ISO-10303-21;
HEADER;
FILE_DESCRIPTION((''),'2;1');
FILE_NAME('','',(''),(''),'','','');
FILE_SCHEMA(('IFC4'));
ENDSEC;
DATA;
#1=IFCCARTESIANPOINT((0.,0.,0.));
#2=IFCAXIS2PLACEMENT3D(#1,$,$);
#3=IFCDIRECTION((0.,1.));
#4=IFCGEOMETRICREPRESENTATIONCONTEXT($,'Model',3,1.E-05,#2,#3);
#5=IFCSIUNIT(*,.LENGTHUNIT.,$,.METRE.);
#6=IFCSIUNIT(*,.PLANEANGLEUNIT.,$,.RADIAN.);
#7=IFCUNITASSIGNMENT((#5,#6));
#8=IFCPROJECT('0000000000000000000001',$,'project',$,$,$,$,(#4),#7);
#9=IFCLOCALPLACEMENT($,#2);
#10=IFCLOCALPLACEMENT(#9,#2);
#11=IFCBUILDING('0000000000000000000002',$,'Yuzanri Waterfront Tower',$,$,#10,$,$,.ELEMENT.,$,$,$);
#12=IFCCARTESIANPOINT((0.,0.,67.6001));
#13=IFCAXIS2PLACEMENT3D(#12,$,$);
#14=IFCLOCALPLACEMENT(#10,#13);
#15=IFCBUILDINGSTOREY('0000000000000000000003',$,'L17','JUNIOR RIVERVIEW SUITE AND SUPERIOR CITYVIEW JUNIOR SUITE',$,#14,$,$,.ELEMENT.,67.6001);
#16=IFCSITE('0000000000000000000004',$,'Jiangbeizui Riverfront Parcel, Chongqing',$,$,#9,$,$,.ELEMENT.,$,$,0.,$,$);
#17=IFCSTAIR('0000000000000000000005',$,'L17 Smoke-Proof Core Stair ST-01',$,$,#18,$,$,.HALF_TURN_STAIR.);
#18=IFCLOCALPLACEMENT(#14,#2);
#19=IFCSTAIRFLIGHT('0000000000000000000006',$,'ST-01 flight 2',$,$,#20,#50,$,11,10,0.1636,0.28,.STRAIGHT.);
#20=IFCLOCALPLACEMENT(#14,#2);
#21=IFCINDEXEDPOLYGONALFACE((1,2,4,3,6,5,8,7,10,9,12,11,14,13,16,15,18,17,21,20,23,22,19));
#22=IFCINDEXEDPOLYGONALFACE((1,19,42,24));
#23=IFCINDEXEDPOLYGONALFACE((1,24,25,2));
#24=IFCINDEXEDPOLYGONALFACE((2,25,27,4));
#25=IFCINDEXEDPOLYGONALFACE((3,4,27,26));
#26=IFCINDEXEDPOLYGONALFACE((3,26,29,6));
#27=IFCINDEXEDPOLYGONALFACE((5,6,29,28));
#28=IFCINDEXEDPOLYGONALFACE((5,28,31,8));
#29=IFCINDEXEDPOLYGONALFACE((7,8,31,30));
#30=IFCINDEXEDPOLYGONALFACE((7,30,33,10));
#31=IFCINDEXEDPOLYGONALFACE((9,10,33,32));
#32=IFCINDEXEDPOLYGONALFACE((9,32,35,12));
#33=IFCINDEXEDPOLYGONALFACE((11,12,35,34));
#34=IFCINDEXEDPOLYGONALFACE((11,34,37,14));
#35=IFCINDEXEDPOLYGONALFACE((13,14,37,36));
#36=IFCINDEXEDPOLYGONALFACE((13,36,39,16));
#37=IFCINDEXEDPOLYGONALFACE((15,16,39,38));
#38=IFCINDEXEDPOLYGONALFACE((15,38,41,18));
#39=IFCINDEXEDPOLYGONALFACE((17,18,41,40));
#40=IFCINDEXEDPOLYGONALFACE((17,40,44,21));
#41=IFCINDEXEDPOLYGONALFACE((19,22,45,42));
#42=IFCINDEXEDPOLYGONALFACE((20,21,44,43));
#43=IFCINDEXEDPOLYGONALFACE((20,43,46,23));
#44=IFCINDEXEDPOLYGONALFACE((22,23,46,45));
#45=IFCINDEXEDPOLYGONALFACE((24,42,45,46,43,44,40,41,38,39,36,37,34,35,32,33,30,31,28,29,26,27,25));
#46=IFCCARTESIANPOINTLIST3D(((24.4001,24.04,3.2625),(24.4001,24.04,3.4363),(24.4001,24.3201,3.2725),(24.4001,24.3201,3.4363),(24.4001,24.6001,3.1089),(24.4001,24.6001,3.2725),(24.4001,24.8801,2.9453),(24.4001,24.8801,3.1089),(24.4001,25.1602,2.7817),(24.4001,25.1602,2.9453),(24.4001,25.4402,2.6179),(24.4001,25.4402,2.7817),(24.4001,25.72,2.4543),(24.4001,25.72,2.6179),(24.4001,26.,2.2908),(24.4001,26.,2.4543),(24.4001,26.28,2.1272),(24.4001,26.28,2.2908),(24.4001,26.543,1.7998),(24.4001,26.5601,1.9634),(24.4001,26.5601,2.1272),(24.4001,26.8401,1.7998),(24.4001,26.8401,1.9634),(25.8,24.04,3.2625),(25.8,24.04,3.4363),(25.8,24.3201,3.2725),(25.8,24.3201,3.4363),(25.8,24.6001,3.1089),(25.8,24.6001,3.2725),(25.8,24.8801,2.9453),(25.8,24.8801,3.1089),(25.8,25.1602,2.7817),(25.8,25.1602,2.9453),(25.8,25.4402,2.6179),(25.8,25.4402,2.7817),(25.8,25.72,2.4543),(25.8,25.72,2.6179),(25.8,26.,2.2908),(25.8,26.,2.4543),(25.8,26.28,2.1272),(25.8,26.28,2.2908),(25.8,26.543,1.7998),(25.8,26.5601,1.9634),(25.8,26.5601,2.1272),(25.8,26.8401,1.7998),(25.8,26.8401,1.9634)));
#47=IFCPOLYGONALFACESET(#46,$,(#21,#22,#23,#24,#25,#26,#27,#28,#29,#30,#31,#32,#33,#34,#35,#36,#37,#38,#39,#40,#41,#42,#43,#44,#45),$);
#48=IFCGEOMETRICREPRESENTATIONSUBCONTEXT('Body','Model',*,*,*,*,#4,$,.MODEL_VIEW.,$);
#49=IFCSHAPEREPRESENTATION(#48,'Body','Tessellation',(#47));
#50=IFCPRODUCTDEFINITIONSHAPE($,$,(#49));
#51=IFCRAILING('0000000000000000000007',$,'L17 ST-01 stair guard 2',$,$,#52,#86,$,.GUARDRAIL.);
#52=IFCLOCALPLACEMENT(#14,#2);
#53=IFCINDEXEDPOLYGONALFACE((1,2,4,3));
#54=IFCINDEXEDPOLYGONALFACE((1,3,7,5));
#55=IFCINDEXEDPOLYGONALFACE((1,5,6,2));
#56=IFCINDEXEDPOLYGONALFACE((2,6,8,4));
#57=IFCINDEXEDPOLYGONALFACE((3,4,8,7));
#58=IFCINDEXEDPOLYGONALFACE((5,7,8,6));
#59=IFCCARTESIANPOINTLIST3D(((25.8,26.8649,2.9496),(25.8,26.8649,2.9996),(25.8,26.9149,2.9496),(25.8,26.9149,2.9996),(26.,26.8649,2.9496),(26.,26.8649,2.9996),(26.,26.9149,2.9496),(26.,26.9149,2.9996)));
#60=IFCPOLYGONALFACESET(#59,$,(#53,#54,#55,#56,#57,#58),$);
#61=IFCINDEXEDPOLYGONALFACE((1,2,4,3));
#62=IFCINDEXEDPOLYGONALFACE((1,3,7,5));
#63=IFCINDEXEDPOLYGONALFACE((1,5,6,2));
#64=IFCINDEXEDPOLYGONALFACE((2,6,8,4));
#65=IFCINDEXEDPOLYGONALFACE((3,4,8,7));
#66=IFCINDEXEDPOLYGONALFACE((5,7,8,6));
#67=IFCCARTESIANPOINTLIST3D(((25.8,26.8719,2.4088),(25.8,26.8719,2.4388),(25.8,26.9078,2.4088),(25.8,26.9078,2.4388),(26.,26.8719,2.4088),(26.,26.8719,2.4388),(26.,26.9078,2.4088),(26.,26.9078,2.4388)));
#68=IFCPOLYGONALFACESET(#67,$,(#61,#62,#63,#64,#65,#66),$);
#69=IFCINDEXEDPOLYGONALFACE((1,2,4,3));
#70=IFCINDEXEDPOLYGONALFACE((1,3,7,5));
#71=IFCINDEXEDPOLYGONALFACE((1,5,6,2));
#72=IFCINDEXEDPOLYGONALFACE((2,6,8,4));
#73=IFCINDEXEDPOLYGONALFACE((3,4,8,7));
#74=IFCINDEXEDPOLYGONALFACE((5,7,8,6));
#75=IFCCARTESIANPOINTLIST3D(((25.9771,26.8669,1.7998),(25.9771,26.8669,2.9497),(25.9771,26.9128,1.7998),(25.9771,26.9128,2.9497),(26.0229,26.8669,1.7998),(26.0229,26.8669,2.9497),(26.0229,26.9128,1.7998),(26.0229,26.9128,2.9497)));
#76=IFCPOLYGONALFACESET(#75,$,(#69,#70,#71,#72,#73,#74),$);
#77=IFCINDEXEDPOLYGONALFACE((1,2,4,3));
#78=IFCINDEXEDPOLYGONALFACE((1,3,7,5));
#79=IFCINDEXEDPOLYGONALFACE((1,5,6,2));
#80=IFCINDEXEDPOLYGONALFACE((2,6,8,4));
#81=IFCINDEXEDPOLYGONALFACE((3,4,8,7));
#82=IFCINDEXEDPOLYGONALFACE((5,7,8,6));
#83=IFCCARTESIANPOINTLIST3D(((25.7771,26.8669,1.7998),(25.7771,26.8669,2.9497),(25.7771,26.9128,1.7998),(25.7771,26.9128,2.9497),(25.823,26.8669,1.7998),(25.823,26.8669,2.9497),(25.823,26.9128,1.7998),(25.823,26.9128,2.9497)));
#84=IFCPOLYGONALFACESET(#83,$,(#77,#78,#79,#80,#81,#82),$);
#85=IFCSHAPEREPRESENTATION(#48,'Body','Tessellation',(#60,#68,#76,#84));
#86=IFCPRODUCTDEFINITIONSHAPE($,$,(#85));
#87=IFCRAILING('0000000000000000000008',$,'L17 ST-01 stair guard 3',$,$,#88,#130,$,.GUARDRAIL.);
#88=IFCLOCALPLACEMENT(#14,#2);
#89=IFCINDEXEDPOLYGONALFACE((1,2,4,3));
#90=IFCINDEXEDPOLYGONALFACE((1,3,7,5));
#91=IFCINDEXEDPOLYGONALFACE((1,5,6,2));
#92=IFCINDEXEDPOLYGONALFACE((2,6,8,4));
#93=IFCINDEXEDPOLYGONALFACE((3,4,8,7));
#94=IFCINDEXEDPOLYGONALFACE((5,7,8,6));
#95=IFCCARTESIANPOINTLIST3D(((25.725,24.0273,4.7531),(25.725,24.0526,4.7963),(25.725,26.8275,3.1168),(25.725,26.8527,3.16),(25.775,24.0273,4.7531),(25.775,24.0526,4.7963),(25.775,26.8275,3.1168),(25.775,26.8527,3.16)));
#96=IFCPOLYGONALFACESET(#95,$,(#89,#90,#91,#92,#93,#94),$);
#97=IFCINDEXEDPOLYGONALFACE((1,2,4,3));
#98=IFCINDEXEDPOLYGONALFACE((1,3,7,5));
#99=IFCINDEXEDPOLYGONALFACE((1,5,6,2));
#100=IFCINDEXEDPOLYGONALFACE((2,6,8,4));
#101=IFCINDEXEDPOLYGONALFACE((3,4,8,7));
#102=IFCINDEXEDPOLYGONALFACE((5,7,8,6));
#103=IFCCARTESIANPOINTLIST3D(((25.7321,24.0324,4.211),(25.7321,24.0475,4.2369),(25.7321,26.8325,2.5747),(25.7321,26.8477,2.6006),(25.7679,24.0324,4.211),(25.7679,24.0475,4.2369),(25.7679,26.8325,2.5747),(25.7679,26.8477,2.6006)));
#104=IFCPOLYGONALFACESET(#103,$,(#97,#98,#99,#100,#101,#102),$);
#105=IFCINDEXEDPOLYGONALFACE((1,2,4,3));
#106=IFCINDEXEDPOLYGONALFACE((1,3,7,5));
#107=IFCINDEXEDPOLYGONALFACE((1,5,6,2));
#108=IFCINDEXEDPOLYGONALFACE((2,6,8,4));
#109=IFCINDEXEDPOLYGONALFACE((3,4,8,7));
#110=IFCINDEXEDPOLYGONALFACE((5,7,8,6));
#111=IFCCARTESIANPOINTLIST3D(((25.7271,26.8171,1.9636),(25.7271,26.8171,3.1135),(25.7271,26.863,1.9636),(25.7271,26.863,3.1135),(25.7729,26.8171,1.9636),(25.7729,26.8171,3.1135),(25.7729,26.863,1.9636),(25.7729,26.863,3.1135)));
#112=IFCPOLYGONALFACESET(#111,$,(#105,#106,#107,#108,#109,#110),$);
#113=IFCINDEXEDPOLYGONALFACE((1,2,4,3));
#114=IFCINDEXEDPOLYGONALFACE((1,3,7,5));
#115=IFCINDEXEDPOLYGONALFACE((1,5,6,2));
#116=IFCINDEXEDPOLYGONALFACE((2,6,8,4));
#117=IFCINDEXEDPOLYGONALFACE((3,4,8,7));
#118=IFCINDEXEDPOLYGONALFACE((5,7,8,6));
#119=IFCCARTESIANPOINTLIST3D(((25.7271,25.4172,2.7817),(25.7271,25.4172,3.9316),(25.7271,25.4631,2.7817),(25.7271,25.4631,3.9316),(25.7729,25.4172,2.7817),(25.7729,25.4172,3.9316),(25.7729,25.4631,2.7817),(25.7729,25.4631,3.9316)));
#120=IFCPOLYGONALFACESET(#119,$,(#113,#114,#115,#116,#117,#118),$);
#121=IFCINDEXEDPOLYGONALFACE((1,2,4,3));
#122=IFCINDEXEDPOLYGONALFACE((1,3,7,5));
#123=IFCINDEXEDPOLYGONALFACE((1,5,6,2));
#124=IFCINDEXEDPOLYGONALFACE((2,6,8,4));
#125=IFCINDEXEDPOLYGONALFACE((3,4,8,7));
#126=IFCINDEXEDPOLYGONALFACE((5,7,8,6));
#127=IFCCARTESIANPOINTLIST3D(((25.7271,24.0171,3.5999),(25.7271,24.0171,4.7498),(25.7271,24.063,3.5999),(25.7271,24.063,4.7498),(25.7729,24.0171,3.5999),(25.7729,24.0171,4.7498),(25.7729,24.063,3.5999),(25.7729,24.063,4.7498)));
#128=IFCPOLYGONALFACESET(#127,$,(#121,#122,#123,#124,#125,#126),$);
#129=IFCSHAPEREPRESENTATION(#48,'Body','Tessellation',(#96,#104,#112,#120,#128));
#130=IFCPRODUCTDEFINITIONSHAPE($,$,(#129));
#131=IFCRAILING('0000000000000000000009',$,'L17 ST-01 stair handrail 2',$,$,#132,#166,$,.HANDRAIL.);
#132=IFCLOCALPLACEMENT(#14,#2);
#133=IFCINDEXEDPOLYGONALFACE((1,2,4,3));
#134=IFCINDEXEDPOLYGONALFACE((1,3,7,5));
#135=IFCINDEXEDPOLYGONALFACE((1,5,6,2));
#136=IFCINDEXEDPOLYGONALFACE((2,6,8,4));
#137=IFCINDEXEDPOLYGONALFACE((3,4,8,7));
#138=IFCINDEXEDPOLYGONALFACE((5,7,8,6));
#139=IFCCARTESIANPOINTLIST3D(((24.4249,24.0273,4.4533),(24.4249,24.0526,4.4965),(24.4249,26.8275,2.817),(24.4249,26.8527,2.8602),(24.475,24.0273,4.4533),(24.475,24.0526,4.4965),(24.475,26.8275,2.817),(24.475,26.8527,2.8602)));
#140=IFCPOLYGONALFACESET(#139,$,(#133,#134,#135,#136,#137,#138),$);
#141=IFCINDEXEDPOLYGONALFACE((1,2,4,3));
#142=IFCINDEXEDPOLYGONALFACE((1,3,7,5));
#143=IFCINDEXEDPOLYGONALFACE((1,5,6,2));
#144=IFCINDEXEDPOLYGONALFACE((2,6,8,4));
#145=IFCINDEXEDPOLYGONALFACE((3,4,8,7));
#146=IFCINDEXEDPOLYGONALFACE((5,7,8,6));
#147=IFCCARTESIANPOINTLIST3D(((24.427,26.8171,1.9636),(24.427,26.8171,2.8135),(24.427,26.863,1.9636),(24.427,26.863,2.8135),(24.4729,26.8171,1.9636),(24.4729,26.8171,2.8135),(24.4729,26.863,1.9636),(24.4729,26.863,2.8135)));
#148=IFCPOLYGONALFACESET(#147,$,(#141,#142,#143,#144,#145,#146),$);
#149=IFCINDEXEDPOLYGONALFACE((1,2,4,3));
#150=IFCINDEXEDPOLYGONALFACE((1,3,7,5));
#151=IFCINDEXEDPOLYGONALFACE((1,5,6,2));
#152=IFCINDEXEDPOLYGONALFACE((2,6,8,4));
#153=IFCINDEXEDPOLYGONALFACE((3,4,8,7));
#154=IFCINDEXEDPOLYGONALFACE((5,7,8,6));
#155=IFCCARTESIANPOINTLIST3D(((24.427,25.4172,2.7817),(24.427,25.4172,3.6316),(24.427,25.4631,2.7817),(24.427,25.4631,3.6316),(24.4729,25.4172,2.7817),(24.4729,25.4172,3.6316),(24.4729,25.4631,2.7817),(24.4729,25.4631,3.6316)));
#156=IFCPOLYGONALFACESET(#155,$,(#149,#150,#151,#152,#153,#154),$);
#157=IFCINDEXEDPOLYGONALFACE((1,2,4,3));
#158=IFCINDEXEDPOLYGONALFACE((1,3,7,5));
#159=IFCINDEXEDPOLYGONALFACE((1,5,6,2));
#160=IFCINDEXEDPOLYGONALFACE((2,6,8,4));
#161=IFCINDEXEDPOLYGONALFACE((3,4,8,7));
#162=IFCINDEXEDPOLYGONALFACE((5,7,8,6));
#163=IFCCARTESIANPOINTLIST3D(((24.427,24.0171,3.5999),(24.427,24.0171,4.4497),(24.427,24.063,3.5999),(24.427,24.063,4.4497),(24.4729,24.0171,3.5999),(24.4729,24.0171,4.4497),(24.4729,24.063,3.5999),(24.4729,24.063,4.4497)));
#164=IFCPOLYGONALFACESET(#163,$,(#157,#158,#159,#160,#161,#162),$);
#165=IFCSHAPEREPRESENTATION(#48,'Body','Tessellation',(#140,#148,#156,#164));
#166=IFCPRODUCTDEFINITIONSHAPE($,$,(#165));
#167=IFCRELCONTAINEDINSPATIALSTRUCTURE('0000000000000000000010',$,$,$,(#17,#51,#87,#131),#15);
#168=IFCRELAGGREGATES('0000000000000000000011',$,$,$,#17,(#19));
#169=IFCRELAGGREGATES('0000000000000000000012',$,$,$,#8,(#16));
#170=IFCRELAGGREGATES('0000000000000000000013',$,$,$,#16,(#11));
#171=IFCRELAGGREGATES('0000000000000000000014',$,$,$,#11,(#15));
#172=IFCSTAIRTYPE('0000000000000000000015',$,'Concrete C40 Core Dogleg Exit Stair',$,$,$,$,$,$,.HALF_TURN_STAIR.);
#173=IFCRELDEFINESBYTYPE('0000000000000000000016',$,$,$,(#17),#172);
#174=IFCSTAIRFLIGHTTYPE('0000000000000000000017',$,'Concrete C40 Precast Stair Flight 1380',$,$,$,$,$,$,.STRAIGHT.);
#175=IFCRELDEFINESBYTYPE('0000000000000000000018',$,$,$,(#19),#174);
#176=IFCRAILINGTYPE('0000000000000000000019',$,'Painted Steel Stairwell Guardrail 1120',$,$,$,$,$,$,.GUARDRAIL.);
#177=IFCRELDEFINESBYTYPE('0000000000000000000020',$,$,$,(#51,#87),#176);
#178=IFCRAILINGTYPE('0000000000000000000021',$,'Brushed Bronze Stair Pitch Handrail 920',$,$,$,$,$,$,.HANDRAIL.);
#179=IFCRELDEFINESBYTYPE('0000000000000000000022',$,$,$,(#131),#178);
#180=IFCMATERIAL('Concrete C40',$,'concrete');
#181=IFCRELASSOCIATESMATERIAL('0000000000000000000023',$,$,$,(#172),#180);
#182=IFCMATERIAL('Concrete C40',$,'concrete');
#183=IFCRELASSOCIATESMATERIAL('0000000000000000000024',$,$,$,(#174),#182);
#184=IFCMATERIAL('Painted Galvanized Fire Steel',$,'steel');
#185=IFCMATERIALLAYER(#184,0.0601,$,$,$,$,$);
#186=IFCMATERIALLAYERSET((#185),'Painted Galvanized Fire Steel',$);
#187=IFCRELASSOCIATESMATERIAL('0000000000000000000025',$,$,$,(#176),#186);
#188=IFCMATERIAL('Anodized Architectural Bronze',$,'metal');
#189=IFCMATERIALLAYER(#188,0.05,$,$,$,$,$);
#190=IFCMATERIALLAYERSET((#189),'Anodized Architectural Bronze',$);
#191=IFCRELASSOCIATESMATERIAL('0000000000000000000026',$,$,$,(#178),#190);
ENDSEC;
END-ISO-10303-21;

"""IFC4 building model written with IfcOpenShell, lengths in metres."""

from ifc_helpers import new_model, si_unit, direction, frame, origin, origin_2d, place, context, subcontext, project, spatial, polyline, rectangle, outline, extrude, source, transform, mapped, material, layer, layer_set, type_object, element, aggregate, save


model = new_model("IFC4")

# Units and contexts
model_context = context("Model", 3, precision=1e-05, world=origin(), true_north=direction((0.0, 1.0)))
body_context = subcontext(model_context, "Body", "Model", "MODEL_VIEW")
ifc_project = project(units=[si_unit("LENGTHUNIT", "METRE"), si_unit("PLANEANGLEUNIT", "RADIAN")], contexts=[model_context])

# Site, building, storey
site_placement = place(None, origin())
site = spatial("IfcSite", under=ifc_project, at=site_placement, Name="Jiangbeizui Riverfront Parcel, Chongqing", CompositionType="ELEMENT", RefElevation=0.0)
building_placement = place(site_placement, origin())
building = spatial("IfcBuilding", under=site, at=building_placement, Name="Yuzanri Waterfront Tower", CompositionType="ELEMENT")
storey_placement = place(building_placement, frame((0.0, 0.0, 67.6001)))
storey = spatial("IfcBuildingStorey", under=building, at=storey_placement, Name="L17", Description="JUNIOR RIVERVIEW SUITE AND SUPERIOR CITYVIEW JUNIOR SUITE", CompositionType="ELEMENT", Elevation=67.6001)

# Stair, stair flight
ifc_material_1 = material(Name="Concrete C40", Category="concrete")
stair_type = type_object("IfcStairType", Name="Concrete C40 Core Dogleg Exit Stair", PredefinedType="HALF_TURN_STAIR", material=ifc_material_1)
stair_placement = place(storey_placement, origin())
stair = element("IfcStair", 1, at=stair_placement, inside=storey, type_object=stair_type, Name="L17 Smoke-Proof Core Stair ST-01", PredefinedType="HALF_TURN_STAIR")
ifc_material_2 = material(Name="Concrete C40", Category="concrete")
stair_flight_type = type_object("IfcStairFlightType", Name="Concrete C40 Precast Stair Flight 1380", PredefinedType="STRAIGHT", material=ifc_material_2)
shared_shape_1 = source(origin(), body_context, "Body", "SweptSolid", [
    extrude(outline(polyline([(0.0, 0.0), (0.0, 0.1636), (0.28, 0.1636), (0.28, 0.3274), (0.5601, 0.3274), (0.5601, 0.491), (0.8401, 0.491), (0.8401, 0.6545), (1.1201, 0.6545), (1.1201, 0.8181), (1.3999, 0.8181), (1.3999, 0.9819), (1.6799, 0.9819), (1.6799, 1.1455), (1.96, 1.1455), (1.96, 1.3091), (2.24, 1.3091), (2.24, 1.4727), (2.52, 1.4727), (2.52, 1.6365), (2.8, 1.6365), (2.8, 1.8), (2.8, 1.4626), (0.2971, 0.0), (0.0, 0.0)])), frame((0.0, 0.7, 0.0), z_axis=(0.0, -1.0, 0.0), x_axis=(1.0, 0.0, 0.0)), (0.0, 0.0, 1.0), 1.3999),
])
stair_flight_placement = place(storey_placement, frame((25.1001, 26.8401, 1.7998), z_axis=(0.0, 0.0, 1.0), x_axis=(0.0, -1.0, 0.0)))
stair_flight = element("IfcStairFlight", 2, at=stair_flight_placement, type_object=stair_flight_type, Name="ST-01 flight 2", NumberOfRisers=11, NumberOfTreads=10, PredefinedType="STRAIGHT", RiserHeight=0.1636, TreadLength=0.28, context=body_context, shape_type="MappedRepresentation", body=[
    mapped(shared_shape_1, transform((0.0, 0.0, 0.0), scale=1.0)),
])
aggregate(stair, [stair_flight])

# Railings
ifc_material_3 = material(Name="Painted Galvanized Fire Steel", Category="steel")
ifc_layer_1 = layer(ifc_material_3, 0.0601)
ifc_layer_set_1 = layer_set([ifc_layer_1], Name="Painted Galvanized Fire Steel")
railing_type_1 = type_object("IfcRailingType", Name="Painted Steel Stairwell Guardrail 1120", PredefinedType="GUARDRAIL", material=ifc_layer_set_1)
shared_shape_2 = source(origin(), body_context, "Body", "SweptSolid", [
    extrude(rectangle(XDim=0.05, YDim=0.05, at=origin_2d()), frame((0.0, 0.0, 1.1748), z_axis=(-1.0, 0.0, 0.0), x_axis=(0.0, -1.0, 0.0)), (0.0, 0.0, 1.0), 0.2),
    extrude(rectangle(XDim=0.0359, YDim=0.03, at=origin_2d()), frame((0.0, 0.0, 0.624), z_axis=(-1.0, 0.0, 0.0), x_axis=(0.0, -1.0, 0.0)), (0.0, 0.0, 1.0), 0.2),
    extrude(rectangle(XDim=0.0459, YDim=0.0459, at=origin_2d()), origin(), (0.0, 0.0, 1.0), 1.1499),
    extrude(rectangle(XDim=0.0459, YDim=0.0459, at=origin_2d()), frame((-0.2, 0.0, 0.0)), (0.0, 0.0, 1.0), 1.1499),
])
railing_1_placement = place(storey_placement, frame((26.0, 26.8899, 1.7998)))
element("IfcRailing", 3, at=railing_1_placement, inside=storey, type_object=railing_type_1, Name="L17 ST-01 stair guard 2", PredefinedType="GUARDRAIL", context=body_context, shape_type="MappedRepresentation", body=[
    mapped(shared_shape_2, transform((0.0, 0.0, 0.0), scale=1.0)),
])
shared_shape_3 = source(origin(), body_context, "Body", "SweptSolid", [
    extrude(rectangle(XDim=0.05, YDim=0.05, at=origin_2d()), frame((0.0, 0.0, 1.1748), z_axis=(0.0, -0.863394, 0.504531), x_axis=(1.0, 0.0, 0.0)), (0.0, 0.0, 1.0), 3.2432),
    extrude(rectangle(XDim=0.0359, YDim=0.03, at=origin_2d()), frame((0.0, 0.0, 0.624), z_axis=(0.0, -0.863394, 0.504531), x_axis=(1.0, 0.0, 0.0)), (0.0, 0.0, 1.0), 3.2432),
    extrude(rectangle(XDim=0.0459, YDim=0.0459, at=origin_2d()), origin(), (0.0, 0.0, 1.0), 1.1499),
    extrude(rectangle(XDim=0.0459, YDim=0.0459, at=origin_2d()), frame((0.0, -1.3999, 0.8181)), (0.0, 0.0, 1.0), 1.1499),
    extrude(rectangle(XDim=0.0459, YDim=0.0459, at=origin_2d()), frame((0.0, -2.8, 1.6362)), (0.0, 0.0, 1.0), 1.1499),
])
railing_2_placement = place(storey_placement, frame((25.75, 26.8401, 1.9636)))
element("IfcRailing", 4, at=railing_2_placement, inside=storey, type_object=railing_type_1, Name="L17 ST-01 stair guard 3", PredefinedType="GUARDRAIL", context=body_context, shape_type="MappedRepresentation", body=[
    mapped(shared_shape_3, transform((0.0, 0.0, 0.0), scale=1.0)),
])
ifc_material_4 = material(Name="Anodized Architectural Bronze", Category="metal")
ifc_layer_2 = layer(ifc_material_4, 0.05)
ifc_layer_set_2 = layer_set([ifc_layer_2], Name="Anodized Architectural Bronze")
railing_type_2 = type_object("IfcRailingType", Name="Brushed Bronze Stair Pitch Handrail 920", PredefinedType="HANDRAIL", material=ifc_layer_set_2)
shared_shape_4 = source(origin(), body_context, "Body", "SweptSolid", [
    extrude(rectangle(XDim=0.05, YDim=0.05, at=origin_2d()), frame((0.0, 0.0, 0.875), z_axis=(0.0, -0.863394, 0.504531), x_axis=(1.0, 0.0, 0.0)), (0.0, 0.0, 1.0), 3.2432),
    extrude(rectangle(XDim=0.0459, YDim=0.0459, at=origin_2d()), origin(), (0.0, 0.0, 1.0), 0.8499),
    extrude(rectangle(XDim=0.0459, YDim=0.0459, at=origin_2d()), frame((0.0, -1.3999, 0.8181)), (0.0, 0.0, 1.0), 0.8499),
    extrude(rectangle(XDim=0.0459, YDim=0.0459, at=origin_2d()), frame((0.0, -2.8, 1.6362)), (0.0, 0.0, 1.0), 0.8499),
])
railing_3_placement = place(storey_placement, frame((24.45, 26.8401, 1.9636)))
element("IfcRailing", 5, at=railing_3_placement, inside=storey, type_object=railing_type_2, Name="L17 ST-01 stair handrail 2", PredefinedType="HANDRAIL", context=body_context, shape_type="MappedRepresentation", body=[
    mapped(shared_shape_4, transform((0.0, 0.0, 0.0), scale=1.0)),
])

save(model, "model.ifc")
